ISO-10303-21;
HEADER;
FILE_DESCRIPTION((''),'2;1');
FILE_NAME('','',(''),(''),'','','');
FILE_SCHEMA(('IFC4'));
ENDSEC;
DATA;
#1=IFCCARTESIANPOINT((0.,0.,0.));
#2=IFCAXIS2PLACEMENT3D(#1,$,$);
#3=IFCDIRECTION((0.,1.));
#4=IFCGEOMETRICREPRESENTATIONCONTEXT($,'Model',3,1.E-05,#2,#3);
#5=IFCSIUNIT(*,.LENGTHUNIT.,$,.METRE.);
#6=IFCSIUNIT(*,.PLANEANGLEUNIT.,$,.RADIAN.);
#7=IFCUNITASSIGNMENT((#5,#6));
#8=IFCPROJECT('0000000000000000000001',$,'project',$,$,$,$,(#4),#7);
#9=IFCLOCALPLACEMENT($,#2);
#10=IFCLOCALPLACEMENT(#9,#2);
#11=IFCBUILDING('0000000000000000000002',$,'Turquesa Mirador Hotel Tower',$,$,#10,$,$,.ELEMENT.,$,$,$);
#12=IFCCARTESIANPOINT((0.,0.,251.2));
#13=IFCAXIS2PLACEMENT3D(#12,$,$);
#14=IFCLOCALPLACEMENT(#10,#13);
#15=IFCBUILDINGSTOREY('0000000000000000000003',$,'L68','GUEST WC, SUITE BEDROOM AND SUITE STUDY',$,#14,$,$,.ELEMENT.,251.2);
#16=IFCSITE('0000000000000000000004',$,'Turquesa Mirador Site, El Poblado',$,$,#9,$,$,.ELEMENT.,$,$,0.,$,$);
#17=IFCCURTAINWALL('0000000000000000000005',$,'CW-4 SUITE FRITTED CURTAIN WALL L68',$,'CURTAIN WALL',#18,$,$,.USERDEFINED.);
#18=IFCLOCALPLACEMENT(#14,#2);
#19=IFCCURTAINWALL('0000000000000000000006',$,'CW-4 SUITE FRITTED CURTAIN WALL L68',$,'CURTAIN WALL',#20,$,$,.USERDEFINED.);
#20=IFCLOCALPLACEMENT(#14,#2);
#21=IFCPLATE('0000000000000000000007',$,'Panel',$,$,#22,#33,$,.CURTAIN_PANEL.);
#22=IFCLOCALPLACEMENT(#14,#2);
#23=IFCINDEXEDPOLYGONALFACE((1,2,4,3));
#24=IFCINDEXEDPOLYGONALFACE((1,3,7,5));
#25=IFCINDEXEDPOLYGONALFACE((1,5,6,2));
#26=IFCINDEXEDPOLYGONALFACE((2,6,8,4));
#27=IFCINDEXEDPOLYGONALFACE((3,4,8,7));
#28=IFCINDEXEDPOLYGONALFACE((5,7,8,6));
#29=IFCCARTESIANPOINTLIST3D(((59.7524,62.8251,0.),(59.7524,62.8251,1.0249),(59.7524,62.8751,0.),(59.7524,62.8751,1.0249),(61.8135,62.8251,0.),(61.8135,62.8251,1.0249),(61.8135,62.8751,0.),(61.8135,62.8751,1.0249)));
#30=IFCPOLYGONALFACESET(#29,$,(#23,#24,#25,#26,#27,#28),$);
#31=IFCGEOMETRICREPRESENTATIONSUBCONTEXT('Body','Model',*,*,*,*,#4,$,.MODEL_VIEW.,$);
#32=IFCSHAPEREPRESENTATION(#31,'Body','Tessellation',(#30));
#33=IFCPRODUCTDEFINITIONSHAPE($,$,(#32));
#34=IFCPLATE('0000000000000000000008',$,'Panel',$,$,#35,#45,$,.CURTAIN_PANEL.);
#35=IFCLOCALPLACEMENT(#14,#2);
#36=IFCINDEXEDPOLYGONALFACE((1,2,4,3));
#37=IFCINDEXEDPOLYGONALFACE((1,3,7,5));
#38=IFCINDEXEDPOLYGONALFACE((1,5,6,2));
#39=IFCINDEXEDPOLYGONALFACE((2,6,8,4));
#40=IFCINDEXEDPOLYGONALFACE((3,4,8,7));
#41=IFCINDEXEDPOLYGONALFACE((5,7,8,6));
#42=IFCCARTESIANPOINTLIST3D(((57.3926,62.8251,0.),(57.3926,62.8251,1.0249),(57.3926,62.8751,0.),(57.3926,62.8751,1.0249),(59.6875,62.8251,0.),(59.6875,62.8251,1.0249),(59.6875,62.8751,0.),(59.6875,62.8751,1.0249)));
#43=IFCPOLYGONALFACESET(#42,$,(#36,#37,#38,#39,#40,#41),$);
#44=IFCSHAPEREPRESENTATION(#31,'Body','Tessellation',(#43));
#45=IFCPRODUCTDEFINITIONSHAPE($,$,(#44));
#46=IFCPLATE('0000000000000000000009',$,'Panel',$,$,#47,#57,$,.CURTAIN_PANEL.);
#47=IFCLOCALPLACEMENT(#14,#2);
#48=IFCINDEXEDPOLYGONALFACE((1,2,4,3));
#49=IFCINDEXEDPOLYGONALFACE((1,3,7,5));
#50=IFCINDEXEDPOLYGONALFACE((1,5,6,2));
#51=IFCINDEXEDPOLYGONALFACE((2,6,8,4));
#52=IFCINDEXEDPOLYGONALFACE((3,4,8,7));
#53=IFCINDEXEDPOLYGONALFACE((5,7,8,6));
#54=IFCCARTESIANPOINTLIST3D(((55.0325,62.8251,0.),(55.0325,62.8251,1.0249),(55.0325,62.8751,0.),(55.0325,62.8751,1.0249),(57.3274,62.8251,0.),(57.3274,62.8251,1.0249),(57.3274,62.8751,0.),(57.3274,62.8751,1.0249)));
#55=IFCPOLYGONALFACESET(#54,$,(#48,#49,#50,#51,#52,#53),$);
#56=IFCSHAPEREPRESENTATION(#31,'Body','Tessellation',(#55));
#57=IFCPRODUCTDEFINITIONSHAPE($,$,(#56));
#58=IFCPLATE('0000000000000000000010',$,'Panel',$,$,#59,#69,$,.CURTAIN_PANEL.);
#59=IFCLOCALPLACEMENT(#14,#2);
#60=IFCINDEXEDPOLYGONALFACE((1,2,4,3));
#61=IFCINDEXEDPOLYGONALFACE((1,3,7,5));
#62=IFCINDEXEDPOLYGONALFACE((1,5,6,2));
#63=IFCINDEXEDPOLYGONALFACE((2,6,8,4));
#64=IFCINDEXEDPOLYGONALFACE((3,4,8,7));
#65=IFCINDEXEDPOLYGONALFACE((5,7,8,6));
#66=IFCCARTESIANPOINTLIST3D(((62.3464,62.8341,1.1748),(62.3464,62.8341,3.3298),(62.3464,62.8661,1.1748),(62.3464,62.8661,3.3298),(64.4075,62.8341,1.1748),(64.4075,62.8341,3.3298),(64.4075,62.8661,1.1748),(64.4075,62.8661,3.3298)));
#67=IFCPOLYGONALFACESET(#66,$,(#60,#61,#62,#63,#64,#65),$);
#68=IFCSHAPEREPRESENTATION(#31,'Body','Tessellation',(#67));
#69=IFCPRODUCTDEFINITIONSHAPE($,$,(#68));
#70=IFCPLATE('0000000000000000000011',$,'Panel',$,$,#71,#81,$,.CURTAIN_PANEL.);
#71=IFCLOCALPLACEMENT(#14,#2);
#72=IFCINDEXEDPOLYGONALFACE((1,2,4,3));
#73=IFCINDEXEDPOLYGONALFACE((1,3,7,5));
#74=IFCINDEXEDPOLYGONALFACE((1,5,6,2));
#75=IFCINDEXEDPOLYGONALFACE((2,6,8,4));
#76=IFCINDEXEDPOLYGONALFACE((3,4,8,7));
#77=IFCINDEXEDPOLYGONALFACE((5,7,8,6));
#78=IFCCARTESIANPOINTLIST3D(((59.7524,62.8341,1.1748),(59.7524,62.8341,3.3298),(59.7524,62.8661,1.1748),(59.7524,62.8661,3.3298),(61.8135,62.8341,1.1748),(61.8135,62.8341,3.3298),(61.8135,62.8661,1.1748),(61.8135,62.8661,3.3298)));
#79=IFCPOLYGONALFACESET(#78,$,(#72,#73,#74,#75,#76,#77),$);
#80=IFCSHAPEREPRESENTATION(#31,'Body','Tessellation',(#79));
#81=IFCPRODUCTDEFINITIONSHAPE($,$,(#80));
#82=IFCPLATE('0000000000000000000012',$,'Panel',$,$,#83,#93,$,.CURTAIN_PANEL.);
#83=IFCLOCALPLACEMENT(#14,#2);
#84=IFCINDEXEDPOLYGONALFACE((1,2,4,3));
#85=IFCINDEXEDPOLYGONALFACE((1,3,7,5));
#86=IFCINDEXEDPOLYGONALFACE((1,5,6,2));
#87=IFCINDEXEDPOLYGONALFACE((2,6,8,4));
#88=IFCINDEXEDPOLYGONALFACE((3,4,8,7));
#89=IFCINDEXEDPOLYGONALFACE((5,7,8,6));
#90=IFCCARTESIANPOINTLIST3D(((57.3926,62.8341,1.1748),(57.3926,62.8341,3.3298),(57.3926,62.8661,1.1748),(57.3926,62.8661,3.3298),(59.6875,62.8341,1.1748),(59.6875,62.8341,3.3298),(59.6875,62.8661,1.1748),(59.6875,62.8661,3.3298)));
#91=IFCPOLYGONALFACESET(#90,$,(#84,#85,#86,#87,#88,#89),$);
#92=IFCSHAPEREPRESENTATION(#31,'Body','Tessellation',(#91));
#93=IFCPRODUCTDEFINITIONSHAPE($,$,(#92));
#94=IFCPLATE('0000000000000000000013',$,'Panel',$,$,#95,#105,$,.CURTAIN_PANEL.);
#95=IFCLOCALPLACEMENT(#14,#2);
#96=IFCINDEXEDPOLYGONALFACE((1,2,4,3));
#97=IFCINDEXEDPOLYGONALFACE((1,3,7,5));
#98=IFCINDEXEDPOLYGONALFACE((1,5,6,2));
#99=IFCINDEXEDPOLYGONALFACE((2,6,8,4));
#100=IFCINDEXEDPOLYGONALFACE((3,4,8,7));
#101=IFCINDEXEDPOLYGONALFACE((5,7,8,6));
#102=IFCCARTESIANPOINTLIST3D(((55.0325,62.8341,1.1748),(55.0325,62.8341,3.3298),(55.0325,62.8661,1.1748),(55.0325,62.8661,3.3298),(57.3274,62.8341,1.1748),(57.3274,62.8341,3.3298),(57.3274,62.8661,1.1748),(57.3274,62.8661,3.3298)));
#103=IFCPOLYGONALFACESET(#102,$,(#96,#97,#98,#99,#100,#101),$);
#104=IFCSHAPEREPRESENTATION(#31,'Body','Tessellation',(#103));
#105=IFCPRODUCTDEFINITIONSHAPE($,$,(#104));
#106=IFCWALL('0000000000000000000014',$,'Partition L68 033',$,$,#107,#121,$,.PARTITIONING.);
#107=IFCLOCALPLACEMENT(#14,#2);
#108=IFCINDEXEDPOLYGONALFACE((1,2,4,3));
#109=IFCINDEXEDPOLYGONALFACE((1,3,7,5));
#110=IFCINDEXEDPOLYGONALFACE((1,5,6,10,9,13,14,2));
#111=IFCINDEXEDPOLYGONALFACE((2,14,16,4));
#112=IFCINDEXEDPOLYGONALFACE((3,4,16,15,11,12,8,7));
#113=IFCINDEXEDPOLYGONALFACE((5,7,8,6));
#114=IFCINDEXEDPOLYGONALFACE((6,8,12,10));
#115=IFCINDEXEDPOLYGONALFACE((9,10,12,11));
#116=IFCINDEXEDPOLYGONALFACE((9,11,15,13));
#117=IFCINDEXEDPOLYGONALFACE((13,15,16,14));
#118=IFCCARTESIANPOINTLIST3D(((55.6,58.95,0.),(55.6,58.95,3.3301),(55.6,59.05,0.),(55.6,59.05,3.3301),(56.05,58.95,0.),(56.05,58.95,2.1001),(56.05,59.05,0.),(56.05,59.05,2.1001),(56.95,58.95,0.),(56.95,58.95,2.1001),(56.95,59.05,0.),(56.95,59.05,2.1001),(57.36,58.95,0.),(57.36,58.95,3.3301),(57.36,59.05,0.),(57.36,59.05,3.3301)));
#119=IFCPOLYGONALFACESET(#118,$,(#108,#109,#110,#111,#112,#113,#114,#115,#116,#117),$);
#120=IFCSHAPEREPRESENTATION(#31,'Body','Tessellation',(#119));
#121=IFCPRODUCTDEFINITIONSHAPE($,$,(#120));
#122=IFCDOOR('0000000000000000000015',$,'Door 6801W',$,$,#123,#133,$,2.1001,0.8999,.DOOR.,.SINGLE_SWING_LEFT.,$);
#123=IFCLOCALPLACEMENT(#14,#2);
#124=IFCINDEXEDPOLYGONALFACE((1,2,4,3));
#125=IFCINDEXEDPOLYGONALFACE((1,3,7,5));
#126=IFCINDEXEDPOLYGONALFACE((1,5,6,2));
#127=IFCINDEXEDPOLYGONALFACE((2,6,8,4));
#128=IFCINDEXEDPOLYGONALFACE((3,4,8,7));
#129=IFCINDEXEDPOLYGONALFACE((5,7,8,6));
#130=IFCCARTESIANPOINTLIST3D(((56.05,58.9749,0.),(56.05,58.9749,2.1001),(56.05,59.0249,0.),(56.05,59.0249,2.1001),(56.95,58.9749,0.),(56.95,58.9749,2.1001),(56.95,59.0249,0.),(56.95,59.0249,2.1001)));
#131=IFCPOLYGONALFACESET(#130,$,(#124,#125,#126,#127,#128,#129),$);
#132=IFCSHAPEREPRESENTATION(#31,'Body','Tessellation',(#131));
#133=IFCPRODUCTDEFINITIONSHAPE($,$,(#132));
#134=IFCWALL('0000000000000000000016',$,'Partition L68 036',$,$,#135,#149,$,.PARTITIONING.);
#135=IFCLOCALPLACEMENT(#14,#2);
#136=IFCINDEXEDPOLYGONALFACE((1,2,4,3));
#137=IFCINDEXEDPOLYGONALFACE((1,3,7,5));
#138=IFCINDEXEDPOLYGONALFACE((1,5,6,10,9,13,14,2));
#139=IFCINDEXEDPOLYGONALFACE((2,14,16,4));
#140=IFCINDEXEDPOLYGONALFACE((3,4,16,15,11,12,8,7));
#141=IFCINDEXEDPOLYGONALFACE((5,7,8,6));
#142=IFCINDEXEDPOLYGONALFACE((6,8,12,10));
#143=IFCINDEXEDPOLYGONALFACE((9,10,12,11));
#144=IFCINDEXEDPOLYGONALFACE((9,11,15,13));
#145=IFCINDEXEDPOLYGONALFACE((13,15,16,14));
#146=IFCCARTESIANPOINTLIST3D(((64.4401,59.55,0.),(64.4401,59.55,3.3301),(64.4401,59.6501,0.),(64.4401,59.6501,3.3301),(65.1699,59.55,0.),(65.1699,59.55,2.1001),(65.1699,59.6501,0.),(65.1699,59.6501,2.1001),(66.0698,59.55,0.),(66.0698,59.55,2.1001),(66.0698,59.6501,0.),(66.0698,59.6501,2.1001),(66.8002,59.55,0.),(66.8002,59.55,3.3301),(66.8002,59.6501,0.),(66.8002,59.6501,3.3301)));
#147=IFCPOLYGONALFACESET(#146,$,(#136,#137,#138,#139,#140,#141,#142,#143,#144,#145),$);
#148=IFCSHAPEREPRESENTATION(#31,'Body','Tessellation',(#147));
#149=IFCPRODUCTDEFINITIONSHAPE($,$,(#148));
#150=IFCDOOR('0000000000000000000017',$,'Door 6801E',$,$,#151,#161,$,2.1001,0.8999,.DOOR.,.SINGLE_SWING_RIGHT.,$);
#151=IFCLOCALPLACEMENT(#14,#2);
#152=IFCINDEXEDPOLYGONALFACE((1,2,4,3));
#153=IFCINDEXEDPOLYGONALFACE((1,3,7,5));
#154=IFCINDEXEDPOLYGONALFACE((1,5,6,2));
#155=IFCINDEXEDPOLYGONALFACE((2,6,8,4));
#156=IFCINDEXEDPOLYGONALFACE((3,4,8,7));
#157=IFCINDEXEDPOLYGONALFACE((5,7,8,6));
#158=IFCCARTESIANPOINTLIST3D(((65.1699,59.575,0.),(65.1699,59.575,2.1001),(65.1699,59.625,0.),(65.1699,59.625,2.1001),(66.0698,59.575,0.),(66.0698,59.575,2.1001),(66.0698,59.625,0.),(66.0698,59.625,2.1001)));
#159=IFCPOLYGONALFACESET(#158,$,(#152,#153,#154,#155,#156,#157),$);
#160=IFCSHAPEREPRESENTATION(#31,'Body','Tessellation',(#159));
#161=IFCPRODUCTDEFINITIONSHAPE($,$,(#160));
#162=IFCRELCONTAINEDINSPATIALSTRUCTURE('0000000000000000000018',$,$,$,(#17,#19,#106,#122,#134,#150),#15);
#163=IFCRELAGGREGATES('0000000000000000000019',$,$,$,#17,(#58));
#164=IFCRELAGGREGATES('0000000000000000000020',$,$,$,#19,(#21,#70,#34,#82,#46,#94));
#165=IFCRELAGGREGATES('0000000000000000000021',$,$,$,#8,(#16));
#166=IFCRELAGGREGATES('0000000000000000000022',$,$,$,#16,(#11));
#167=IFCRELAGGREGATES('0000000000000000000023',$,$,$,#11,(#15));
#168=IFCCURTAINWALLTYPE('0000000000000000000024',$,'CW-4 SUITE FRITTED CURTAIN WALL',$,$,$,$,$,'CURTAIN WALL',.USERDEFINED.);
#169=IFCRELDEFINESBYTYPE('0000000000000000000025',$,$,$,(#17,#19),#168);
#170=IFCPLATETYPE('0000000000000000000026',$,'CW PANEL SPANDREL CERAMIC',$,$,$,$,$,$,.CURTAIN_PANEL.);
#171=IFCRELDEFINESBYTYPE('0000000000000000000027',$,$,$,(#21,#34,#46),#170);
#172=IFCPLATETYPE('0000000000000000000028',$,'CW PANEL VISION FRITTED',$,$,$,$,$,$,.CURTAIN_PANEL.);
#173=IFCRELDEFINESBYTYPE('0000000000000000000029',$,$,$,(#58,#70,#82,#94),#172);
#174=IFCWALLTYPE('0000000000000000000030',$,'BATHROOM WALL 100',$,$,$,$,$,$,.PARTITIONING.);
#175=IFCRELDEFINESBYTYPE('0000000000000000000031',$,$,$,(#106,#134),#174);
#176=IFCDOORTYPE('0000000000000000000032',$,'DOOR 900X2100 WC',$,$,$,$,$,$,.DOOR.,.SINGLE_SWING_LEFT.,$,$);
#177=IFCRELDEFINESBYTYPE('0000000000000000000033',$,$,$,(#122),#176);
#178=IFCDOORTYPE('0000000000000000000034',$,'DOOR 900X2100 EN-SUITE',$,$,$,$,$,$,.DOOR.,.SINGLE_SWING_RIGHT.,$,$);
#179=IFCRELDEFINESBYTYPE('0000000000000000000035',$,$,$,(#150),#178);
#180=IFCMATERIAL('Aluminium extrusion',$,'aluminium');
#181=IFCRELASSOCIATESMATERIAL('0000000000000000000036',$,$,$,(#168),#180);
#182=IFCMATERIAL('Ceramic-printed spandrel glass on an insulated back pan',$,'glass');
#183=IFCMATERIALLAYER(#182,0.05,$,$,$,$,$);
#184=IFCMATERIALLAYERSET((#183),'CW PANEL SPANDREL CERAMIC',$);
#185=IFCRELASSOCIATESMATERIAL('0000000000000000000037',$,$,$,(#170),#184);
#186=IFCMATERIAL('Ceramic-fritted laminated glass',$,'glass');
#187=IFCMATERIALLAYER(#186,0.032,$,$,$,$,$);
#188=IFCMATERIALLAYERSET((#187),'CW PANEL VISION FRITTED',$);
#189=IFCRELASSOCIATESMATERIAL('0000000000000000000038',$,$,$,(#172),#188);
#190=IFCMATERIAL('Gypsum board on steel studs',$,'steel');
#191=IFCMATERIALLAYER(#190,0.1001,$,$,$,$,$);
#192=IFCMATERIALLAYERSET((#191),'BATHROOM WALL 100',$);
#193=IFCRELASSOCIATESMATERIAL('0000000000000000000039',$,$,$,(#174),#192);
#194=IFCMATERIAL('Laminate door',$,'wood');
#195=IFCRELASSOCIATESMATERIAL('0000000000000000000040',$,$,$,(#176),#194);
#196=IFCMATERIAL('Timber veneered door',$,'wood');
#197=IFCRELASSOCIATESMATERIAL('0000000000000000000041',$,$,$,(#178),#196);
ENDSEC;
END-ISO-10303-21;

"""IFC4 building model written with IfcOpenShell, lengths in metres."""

from ifc_helpers import new_model, si_unit, direction, frame, frame_2d, origin, origin_2d, place, context, subcontext, project, spatial, rectangle, extrude, material, layer, layer_set, type_object, element, fill, aggregate, save


model = new_model("IFC4")

# Units and contexts
model_context = context("Model", 3, precision=1e-05, world=origin(), true_north=direction((0.0, 1.0)))
body_context = subcontext(model_context, "Body", "Model", "MODEL_VIEW")
ifc_project = project(units=[si_unit("LENGTHUNIT", "METRE"), si_unit("PLANEANGLEUNIT", "RADIAN")], contexts=[model_context])

# Site, building, storey
site_placement = place(None, origin())
site = spatial("IfcSite", under=ifc_project, at=site_placement, Name="Turquesa Mirador Site, El Poblado", CompositionType="ELEMENT", RefElevation=0.0)
building_placement = place(site_placement, origin())
building = spatial("IfcBuilding", under=site, at=building_placement, Name="Turquesa Mirador Hotel Tower", CompositionType="ELEMENT")
storey_placement = place(building_placement, frame((0.0, 0.0, 251.2)))
storey = spatial("IfcBuildingStorey", under=building, at=storey_placement, Name="L68", Description="GUEST WC, SUITE BEDROOM AND SUITE STUDY", CompositionType="ELEMENT", Elevation=251.2)

# Curtain wall
ifc_material_1 = material(Name="Aluminium extrusion", Category="aluminium")
curtain_wall_type = type_object("IfcCurtainWallType", Name="CW-4 SUITE FRITTED CURTAIN WALL", ElementType="CURTAIN WALL", PredefinedType="USERDEFINED", material=ifc_material_1)
curtain_wall_1_placement = place(storey_placement, origin())
curtain_wall_1 = element("IfcCurtainWall", 1, at=curtain_wall_1_placement, inside=storey, type_object=curtain_wall_type, Name="CW-4 SUITE FRITTED CURTAIN WALL L68", ObjectType="CURTAIN WALL", PredefinedType="USERDEFINED")

# Curtain wall
curtain_wall_2_placement = place(storey_placement, origin())
curtain_wall_2 = element("IfcCurtainWall", 2, at=curtain_wall_2_placement, inside=storey, type_object=curtain_wall_type, Name="CW-4 SUITE FRITTED CURTAIN WALL L68", ObjectType="CURTAIN WALL", PredefinedType="USERDEFINED")

# Plates
ifc_material_2 = material(Name="Ceramic-printed spandrel glass on an insulated back pan", Category="glass")
ifc_layer_1 = layer(ifc_material_2, 0.05)
ifc_layer_set_1 = layer_set([ifc_layer_1], Name="CW PANEL SPANDREL CERAMIC")
plate_type_1 = type_object("IfcPlateType", Name="CW PANEL SPANDREL CERAMIC", PredefinedType="CURTAIN_PANEL", material=ifc_layer_set_1)
plate_1_placement = place(storey_placement, frame((60.783, 62.8501, 0.0), z_axis=(0.0, 0.0, 1.0), x_axis=(-1.0, 0.0, 0.0)))
plate_1 = element("IfcPlate", 3, at=plate_1_placement, type_object=plate_type_1, Name="Panel", PredefinedType="CURTAIN_PANEL", context=body_context, shape_type="SweptSolid", body=[
    extrude(rectangle(XDim=2.061, YDim=0.05, at=origin_2d()), origin(), (0.0, 0.0, 1.0), 1.0249),
])
plate_2_placement = place(storey_placement, frame((58.54, 62.8501, 0.0), z_axis=(0.0, 0.0, 1.0), x_axis=(-1.0, 0.0, 0.0)))
plate_2 = element("IfcPlate", 4, at=plate_2_placement, type_object=plate_type_1, Name="Panel", PredefinedType="CURTAIN_PANEL", context=body_context, shape_type="SweptSolid", body=[
    extrude(rectangle(XDim=2.2949, YDim=0.05, at=origin_2d()), origin(), (0.0, 0.0, 1.0), 1.0249),
])
plate_3_placement = place(storey_placement, frame((56.1799, 62.8501, 0.0), z_axis=(0.0, 0.0, 1.0), x_axis=(-1.0, 0.0, 0.0)))
plate_3 = element("IfcPlate", 5, at=plate_3_placement, type_object=plate_type_1, Name="Panel", PredefinedType="CURTAIN_PANEL", context=body_context, shape_type="SweptSolid", body=[
    extrude(rectangle(XDim=2.2949, YDim=0.05, at=origin_2d()), origin(), (0.0, 0.0, 1.0), 1.0249),
])
ifc_material_3 = material(Name="Ceramic-fritted laminated glass", Category="glass")
ifc_layer_2 = layer(ifc_material_3, 0.032)
ifc_layer_set_2 = layer_set([ifc_layer_2], Name="CW PANEL VISION FRITTED")
plate_type_2 = type_object("IfcPlateType", Name="CW PANEL VISION FRITTED", PredefinedType="CURTAIN_PANEL", material=ifc_layer_set_2)
plate_4_placement = place(storey_placement, frame((63.377, 62.8501, 1.1748), z_axis=(0.0, 0.0, 1.0), x_axis=(-1.0, 0.0, 0.0)))
plate_4 = element("IfcPlate", 6, at=plate_4_placement, type_object=plate_type_2, Name="Panel", PredefinedType="CURTAIN_PANEL", context=body_context, shape_type="SweptSolid", body=[
    extrude(rectangle(XDim=2.061, YDim=0.032, at=origin_2d()), origin(), (0.0, 0.0, 1.0), 2.155),
])
aggregate(curtain_wall_1, [plate_4])
plate_5_placement = place(storey_placement, frame((60.783, 62.8501, 1.1748), z_axis=(0.0, 0.0, 1.0), x_axis=(-1.0, 0.0, 0.0)))
plate_5 = element("IfcPlate", 7, at=plate_5_placement, type_object=plate_type_2, Name="Panel", PredefinedType="CURTAIN_PANEL", context=body_context, shape_type="SweptSolid", body=[
    extrude(rectangle(XDim=2.061, YDim=0.032, at=origin_2d()), origin(), (0.0, 0.0, 1.0), 2.155),
])
plate_6_placement = place(storey_placement, frame((58.54, 62.8501, 1.1748), z_axis=(0.0, 0.0, 1.0), x_axis=(-1.0, 0.0, 0.0)))
plate_6 = element("IfcPlate", 8, at=plate_6_placement, type_object=plate_type_2, Name="Panel", PredefinedType="CURTAIN_PANEL", context=body_context, shape_type="SweptSolid", body=[
    extrude(rectangle(XDim=2.2949, YDim=0.032, at=origin_2d()), origin(), (0.0, 0.0, 1.0), 2.155),
])
plate_7_placement = place(storey_placement, frame((56.1799, 62.8501, 1.1748), z_axis=(0.0, 0.0, 1.0), x_axis=(-1.0, 0.0, 0.0)))
plate_7 = element("IfcPlate", 9, at=plate_7_placement, type_object=plate_type_2, Name="Panel", PredefinedType="CURTAIN_PANEL", context=body_context, shape_type="SweptSolid", body=[
    extrude(rectangle(XDim=2.2949, YDim=0.032, at=origin_2d()), origin(), (0.0, 0.0, 1.0), 2.155),
])
aggregate(curtain_wall_2, [plate_1, plate_5, plate_2, plate_6, plate_3, plate_7])

# Walls, openings, doors
ifc_material_4 = material(Name="Gypsum board on steel studs", Category="steel")
ifc_layer_3 = layer(ifc_material_4, 0.1001)
ifc_layer_set_3 = layer_set([ifc_layer_3], Name="BATHROOM WALL 100")
wall_type_1 = type_object("IfcWallType", Name="BATHROOM WALL 100", PredefinedType="PARTITIONING", material=ifc_layer_set_3)
wall_1_placement = place(storey_placement, frame((55.6001, 59.0, 0.0), z_axis=(0.0, 0.0, 1.0), x_axis=(1.0, 0.0, 0.0)))
wall_1 = element("IfcWall", 10, at=wall_1_placement, inside=storey, type_object=wall_type_1, Name="Partition L68 033", PredefinedType="PARTITIONING", context=body_context, shape_type="SweptSolid", body=[
    extrude(rectangle(XDim=1.76, YDim=0.1001, at=frame_2d((0.8799, 0.0))), origin(), (0.0, 0.0, 1.0), 3.3301),
])
opening_1_placement = place(wall_1_placement, frame((0.45, 0.0, 0.0)))
opening_1 = element("IfcOpeningElement", 11, at=opening_1_placement, cuts=wall_1, PredefinedType="OPENING", context=body_context, shape_type="SweptSolid", body=[
    extrude(rectangle(XDim=0.8999, YDim=2.1001, at=frame_2d((0.45, 1.05))), frame((0.0, 0.0601, 0.0), z_axis=(0.0, -1.0, 0.0), x_axis=(1.0, 0.0, 0.0)), (0.0, 0.0, 1.0), 0.1201),
])
ifc_material_5 = material(Name="Laminate door", Category="wood")
door_type_1 = type_object("IfcDoorType", Name="DOOR 900X2100 WC", OperationType="SINGLE_SWING_LEFT", PredefinedType="DOOR", material=ifc_material_5)
door_1_placement = place(opening_1_placement, origin())
door_1 = element("IfcDoor", 12, at=door_1_placement, inside=storey, type_object=door_type_1, Name="Door 6801W", OperationType="SINGLE_SWING_LEFT", OverallHeight=2.1001, OverallWidth=0.8999, PredefinedType="DOOR", context=body_context, shape_type="SweptSolid", body=[
    extrude(rectangle(XDim=0.8999, YDim=2.1001, at=frame_2d((0.45, 1.05))), frame((0.0, 0.0249, 0.0), z_axis=(0.0, -1.0, 0.0), x_axis=(1.0, 0.0, 0.0)), (0.0, 0.0, 1.0), 0.05),
])
fill(opening_1, door_1)
wall_2_placement = place(storey_placement, frame((64.4399, 59.6001, 0.0), z_axis=(0.0, 0.0, 1.0), x_axis=(1.0, 0.0, 0.0)))
wall_2 = element("IfcWall", 13, at=wall_2_placement, inside=storey, type_object=wall_type_1, Name="Partition L68 036", PredefinedType="PARTITIONING", context=body_context, shape_type="SweptSolid", body=[
    extrude(rectangle(XDim=2.3601, YDim=0.1001, at=frame_2d((1.1802, 0.0))), origin(), (0.0, 0.0, 1.0), 3.3301),
])
opening_2_placement = place(wall_2_placement, frame((0.73, 0.0, 0.0)))
opening_2 = element("IfcOpeningElement", 14, at=opening_2_placement, cuts=wall_2, PredefinedType="OPENING", context=body_context, shape_type="SweptSolid", body=[
    extrude(rectangle(XDim=0.8999, YDim=2.1001, at=frame_2d((0.45, 1.05))), frame((0.0, 0.0601, 0.0), z_axis=(0.0, -1.0, 0.0), x_axis=(1.0, 0.0, 0.0)), (0.0, 0.0, 1.0), 0.1201),
])
ifc_material_6 = material(Name="Timber veneered door", Category="wood")
door_type_2 = type_object("IfcDoorType", Name="DOOR 900X2100 EN-SUITE", OperationType="SINGLE_SWING_RIGHT", PredefinedType="DOOR", material=ifc_material_6)
door_2_placement = place(opening_2_placement, origin())
door_2 = element("IfcDoor", 15, at=door_2_placement, inside=storey, type_object=door_type_2, Name="Door 6801E", OperationType="SINGLE_SWING_RIGHT", OverallHeight=2.1001, OverallWidth=0.8999, PredefinedType="DOOR", context=body_context, shape_type="SweptSolid", body=[
    extrude(rectangle(XDim=0.8999, YDim=2.1001, at=frame_2d((0.45, 1.05))), frame((0.0, 0.0249, 0.0), z_axis=(0.0, -1.0, 0.0), x_axis=(1.0, 0.0, 0.0)), (0.0, 0.0, 1.0), 0.05),
])
fill(opening_2, door_2)

save(model, "model.ifc")
